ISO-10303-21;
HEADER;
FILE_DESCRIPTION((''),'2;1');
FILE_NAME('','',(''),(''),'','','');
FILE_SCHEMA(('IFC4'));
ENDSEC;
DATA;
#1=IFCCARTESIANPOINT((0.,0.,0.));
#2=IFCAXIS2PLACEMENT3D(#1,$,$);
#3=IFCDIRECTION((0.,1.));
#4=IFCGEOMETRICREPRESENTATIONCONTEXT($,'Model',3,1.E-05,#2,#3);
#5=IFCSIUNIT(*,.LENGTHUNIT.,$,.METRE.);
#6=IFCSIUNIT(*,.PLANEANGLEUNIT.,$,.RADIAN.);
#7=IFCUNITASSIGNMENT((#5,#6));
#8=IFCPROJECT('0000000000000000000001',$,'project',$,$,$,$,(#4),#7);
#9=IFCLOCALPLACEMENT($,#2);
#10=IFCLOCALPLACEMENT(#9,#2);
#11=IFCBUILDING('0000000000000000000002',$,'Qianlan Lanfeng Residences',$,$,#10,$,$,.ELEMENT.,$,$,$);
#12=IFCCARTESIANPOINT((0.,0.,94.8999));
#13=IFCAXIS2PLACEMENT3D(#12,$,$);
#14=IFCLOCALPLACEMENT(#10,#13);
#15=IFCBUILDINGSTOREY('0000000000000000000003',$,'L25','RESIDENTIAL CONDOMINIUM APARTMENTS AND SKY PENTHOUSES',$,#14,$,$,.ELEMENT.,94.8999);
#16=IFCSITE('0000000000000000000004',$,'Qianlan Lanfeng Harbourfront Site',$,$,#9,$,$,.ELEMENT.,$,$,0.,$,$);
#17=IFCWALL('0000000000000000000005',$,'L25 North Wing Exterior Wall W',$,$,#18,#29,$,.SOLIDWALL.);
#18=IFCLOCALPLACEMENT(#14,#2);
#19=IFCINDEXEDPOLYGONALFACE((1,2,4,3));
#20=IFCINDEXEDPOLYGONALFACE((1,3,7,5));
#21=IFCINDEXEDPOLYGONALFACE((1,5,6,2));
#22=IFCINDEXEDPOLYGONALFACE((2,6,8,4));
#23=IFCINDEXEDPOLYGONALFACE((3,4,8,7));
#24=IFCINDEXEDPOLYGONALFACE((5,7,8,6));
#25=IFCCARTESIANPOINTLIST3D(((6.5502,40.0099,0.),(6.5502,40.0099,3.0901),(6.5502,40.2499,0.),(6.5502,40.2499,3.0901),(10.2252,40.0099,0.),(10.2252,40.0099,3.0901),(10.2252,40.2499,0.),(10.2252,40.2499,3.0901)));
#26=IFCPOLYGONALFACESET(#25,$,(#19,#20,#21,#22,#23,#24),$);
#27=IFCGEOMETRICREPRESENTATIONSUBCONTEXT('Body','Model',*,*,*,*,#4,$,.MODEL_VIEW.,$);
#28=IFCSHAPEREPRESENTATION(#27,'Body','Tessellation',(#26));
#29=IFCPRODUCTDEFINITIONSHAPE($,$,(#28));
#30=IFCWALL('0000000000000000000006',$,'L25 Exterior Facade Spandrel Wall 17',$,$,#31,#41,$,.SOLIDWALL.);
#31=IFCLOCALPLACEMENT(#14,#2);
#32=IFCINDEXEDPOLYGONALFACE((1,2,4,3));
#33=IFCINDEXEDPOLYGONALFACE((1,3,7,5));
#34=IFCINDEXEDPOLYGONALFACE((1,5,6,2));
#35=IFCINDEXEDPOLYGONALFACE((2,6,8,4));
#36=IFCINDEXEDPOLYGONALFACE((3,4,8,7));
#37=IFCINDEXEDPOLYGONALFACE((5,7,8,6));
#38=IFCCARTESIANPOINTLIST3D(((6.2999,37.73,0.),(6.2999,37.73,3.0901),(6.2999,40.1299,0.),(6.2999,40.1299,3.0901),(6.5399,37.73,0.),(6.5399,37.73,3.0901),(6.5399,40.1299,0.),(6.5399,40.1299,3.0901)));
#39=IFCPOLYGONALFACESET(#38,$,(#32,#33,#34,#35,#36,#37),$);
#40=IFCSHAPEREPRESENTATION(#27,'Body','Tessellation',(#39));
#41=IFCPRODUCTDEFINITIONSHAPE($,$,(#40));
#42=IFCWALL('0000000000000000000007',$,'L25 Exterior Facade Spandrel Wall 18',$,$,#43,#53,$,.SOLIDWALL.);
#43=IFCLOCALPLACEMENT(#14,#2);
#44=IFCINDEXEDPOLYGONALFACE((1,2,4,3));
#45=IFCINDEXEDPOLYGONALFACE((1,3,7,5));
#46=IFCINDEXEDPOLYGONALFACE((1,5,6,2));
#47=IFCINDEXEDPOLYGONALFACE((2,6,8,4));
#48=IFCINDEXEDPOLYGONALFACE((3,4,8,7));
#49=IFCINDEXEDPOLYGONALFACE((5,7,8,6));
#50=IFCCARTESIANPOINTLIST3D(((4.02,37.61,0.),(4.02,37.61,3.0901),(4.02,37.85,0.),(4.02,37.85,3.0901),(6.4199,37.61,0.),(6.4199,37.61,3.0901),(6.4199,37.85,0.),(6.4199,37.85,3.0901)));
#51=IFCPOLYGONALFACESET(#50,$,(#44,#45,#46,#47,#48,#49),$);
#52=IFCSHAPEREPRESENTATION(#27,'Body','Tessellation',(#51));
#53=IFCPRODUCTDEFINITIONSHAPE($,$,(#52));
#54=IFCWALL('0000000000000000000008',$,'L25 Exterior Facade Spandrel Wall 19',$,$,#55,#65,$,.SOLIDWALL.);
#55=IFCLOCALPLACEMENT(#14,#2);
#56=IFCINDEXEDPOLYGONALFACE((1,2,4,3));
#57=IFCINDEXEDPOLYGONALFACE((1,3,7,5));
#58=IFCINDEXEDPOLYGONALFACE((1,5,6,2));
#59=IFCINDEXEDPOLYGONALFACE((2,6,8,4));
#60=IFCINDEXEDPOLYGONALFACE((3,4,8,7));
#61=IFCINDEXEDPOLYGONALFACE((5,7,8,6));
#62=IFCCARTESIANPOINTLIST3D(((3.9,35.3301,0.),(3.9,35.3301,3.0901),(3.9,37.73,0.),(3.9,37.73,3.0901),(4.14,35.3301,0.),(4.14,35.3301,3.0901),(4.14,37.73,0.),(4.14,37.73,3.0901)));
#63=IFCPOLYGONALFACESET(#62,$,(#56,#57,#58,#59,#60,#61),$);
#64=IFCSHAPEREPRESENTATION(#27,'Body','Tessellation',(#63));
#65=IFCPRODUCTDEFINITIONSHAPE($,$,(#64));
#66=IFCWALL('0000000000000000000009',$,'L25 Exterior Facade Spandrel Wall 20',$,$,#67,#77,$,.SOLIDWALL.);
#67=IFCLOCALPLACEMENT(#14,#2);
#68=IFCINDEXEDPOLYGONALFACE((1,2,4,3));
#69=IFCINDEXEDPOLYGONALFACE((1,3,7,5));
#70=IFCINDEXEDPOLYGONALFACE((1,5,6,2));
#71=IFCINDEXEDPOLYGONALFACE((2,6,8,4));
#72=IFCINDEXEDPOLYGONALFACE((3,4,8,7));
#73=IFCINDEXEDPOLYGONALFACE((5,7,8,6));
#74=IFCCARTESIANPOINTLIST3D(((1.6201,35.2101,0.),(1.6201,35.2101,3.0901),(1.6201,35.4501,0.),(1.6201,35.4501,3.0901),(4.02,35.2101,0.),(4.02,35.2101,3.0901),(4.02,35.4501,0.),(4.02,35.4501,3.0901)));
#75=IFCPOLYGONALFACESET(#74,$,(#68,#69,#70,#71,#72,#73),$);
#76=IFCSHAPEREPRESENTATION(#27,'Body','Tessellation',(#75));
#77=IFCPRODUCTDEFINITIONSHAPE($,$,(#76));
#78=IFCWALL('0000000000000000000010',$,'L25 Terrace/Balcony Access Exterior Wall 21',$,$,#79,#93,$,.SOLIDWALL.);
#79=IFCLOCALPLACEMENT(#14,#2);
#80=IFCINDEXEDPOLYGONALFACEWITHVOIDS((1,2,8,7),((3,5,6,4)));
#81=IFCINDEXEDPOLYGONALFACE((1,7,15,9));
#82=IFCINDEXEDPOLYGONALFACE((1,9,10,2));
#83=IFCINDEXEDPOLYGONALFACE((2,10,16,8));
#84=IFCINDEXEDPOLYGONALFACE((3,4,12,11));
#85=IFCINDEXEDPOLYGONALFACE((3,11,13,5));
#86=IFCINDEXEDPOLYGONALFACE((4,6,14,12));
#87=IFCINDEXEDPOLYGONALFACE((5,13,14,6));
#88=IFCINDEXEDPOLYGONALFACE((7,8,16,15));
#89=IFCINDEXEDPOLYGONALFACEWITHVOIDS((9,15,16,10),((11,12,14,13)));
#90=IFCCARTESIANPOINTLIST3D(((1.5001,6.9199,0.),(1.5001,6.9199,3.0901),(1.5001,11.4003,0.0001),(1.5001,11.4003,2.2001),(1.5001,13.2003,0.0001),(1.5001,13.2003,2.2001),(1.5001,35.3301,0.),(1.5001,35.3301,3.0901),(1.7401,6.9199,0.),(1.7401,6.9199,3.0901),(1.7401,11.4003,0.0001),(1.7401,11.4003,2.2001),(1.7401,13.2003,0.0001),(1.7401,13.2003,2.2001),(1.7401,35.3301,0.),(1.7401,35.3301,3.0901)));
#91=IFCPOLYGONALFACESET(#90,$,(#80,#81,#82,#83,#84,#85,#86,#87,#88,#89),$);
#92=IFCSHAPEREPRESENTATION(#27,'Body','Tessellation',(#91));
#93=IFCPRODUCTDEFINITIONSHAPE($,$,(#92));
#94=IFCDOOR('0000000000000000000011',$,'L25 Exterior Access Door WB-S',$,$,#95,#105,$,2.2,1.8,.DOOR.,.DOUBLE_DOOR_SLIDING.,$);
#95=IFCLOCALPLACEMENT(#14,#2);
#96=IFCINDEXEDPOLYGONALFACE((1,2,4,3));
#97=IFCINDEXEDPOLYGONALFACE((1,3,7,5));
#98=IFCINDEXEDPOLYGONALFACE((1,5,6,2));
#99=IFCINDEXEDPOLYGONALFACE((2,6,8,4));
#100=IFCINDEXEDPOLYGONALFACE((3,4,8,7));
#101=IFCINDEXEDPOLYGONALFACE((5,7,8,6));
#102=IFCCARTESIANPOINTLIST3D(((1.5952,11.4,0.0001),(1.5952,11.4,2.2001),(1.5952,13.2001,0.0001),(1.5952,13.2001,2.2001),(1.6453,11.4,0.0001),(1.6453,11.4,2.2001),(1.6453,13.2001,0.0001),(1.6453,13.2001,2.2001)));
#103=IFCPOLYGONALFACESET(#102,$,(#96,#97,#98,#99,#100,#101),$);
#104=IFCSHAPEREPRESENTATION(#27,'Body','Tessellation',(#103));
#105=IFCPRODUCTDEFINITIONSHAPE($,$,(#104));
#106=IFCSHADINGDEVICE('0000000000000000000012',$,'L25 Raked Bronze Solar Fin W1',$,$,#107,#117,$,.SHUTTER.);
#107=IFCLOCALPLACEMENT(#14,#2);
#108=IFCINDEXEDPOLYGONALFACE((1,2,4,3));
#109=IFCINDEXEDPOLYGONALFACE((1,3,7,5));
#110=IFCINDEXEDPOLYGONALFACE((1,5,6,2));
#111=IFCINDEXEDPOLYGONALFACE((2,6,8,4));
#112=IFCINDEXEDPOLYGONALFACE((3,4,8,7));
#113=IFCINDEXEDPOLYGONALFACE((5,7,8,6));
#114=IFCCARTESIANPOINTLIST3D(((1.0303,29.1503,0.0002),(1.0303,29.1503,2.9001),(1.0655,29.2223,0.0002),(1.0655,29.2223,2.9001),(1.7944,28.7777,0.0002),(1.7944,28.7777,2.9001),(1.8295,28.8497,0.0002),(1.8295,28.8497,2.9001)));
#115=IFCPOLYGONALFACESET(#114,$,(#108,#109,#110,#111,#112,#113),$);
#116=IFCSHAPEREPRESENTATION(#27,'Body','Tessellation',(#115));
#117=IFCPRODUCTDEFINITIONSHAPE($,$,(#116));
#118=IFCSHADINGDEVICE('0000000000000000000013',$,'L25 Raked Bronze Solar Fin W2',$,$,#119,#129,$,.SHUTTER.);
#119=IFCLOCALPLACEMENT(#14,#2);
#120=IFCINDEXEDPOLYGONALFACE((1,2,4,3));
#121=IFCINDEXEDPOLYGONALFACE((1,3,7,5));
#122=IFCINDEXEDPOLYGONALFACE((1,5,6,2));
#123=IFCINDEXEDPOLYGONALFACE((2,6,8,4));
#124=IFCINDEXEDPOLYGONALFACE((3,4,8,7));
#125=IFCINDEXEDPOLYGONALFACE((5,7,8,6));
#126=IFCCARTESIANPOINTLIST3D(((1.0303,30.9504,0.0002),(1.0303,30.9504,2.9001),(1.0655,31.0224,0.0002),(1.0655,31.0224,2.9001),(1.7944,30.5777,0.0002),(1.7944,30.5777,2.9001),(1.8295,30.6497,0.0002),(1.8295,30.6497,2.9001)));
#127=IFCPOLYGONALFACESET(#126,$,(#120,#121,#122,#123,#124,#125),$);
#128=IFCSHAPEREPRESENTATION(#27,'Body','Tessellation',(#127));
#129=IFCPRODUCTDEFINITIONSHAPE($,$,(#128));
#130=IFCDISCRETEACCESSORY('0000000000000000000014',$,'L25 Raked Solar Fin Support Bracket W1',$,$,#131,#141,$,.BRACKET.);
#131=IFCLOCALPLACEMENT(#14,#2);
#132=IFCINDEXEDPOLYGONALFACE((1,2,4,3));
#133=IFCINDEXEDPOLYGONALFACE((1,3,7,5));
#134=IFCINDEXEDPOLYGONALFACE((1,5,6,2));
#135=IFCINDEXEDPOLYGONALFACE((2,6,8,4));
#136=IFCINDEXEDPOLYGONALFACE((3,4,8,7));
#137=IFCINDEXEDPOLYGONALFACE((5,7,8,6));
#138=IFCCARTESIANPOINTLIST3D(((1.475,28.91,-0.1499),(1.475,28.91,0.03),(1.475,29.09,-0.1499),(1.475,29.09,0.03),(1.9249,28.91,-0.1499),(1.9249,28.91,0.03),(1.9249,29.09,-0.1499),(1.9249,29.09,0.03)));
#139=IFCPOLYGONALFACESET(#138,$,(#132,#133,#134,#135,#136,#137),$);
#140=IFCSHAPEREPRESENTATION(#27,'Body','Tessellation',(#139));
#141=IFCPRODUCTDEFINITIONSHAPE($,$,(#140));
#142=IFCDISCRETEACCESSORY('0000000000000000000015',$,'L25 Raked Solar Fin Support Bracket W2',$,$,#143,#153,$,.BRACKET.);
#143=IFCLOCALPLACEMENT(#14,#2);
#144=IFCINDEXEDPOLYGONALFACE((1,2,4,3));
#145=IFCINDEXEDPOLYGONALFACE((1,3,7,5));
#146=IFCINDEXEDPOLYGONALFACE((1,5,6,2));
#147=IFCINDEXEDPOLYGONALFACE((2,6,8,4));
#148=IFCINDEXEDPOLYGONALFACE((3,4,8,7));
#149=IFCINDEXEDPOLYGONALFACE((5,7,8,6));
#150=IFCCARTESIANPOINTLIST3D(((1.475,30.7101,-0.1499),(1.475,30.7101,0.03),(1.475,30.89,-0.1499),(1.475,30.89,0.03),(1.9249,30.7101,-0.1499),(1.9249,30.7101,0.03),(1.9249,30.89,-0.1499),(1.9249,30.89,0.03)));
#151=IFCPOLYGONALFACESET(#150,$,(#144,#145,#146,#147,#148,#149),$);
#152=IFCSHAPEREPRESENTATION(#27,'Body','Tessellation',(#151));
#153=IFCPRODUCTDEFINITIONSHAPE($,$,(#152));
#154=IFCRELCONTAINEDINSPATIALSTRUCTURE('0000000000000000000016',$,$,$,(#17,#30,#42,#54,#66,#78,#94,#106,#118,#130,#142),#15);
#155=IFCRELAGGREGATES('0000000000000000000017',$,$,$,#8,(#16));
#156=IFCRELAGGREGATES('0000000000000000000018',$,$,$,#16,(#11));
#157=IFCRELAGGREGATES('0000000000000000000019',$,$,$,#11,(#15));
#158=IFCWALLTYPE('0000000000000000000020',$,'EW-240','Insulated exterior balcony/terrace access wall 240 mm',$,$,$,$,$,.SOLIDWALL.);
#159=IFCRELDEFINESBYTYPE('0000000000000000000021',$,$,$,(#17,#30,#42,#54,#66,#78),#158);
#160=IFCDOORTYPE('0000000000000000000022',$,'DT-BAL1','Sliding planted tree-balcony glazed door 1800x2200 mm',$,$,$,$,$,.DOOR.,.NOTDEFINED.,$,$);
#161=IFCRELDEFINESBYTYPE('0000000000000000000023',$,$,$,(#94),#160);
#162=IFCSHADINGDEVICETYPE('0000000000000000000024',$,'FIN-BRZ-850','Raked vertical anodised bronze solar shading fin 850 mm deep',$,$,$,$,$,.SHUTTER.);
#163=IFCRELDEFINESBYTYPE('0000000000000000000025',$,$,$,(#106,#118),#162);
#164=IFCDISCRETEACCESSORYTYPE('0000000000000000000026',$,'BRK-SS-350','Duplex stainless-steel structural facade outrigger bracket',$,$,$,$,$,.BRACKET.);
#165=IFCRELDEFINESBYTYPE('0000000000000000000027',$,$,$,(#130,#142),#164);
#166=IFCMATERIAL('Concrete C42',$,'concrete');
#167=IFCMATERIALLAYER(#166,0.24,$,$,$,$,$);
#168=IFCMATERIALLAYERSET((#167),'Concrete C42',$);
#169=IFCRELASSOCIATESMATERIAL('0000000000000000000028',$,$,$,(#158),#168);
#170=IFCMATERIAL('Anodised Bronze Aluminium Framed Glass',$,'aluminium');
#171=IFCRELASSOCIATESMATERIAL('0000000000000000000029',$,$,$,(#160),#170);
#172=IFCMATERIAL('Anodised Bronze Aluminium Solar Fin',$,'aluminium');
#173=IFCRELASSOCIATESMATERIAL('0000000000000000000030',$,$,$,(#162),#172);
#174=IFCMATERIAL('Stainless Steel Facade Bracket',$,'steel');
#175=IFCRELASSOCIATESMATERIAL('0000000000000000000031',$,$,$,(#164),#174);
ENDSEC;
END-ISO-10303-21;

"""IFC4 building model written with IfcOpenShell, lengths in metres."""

from ifc_helpers import new_model, si_unit, direction, frame, frame_2d, origin, origin_2d, place, context, subcontext, project, spatial, rectangle, extrude, source, transform, mapped, material, layer, layer_set, type_object, element, fill, save


model = new_model("IFC4")

# Units and contexts
model_context = context("Model", 3, precision=1e-05, world=origin(), true_north=direction((0.0, 1.0)))
body_context = subcontext(model_context, "Body", "Model", "MODEL_VIEW")
ifc_project = project(units=[si_unit("LENGTHUNIT", "METRE"), si_unit("PLANEANGLEUNIT", "RADIAN")], contexts=[model_context])

# Site, building, storey
site_placement = place(None, origin())
site = spatial("IfcSite", under=ifc_project, at=site_placement, Name="Qianlan Lanfeng Harbourfront Site", CompositionType="ELEMENT", RefElevation=0.0)
building_placement = place(site_placement, origin())
building = spatial("IfcBuilding", under=site, at=building_placement, Name="Qianlan Lanfeng Residences", CompositionType="ELEMENT")
storey_placement = place(building_placement, frame((0.0, 0.0, 94.8999)))
storey = spatial("IfcBuildingStorey", under=building, at=storey_placement, Name="L25", Description="RESIDENTIAL CONDOMINIUM APARTMENTS AND SKY PENTHOUSES", CompositionType="ELEMENT", Elevation=94.8999)

# Walls
ifc_material_1 = material(Name="Concrete C42", Category="concrete")
ifc_layer_1 = layer(ifc_material_1, 0.24)
ifc_layer_set_1 = layer_set([ifc_layer_1], Name="Concrete C42")
wall_type_1 = type_object("IfcWallType", Name="EW-240", Description="Insulated exterior balcony/terrace access wall 240 mm", PredefinedType="SOLIDWALL", material=ifc_layer_set_1)
wall_1_placement = place(storey_placement, frame((10.2251, 40.1299, 0.0), z_axis=(0.0, 0.0, 1.0), x_axis=(-1.0, 0.0, 0.0)))
element("IfcWall", 1, at=wall_1_placement, inside=storey, type_object=wall_type_1, Name="L25 North Wing Exterior Wall W", PredefinedType="SOLIDWALL", context=body_context, shape_type="SweptSolid", body=[
    extrude(rectangle(XDim=3.675, YDim=0.24, at=frame_2d((1.8374, 0.0))), origin(), (0.0, 0.0, 1.0), 3.0901),
])
for number, where, z_axis, x_axis, name in (
    (2, (6.4199, 40.1299, 0.0), (0.0, 0.0, 1.0), (0.0, -1.0, 0.0), "L25 Exterior Facade Spandrel Wall 17"),
    (3, (6.4199, 37.73, 0.0), (0.0, 0.0, 1.0), (-1.0, 0.0, 0.0), "L25 Exterior Facade Spandrel Wall 18"),
    (4, (4.02, 37.73, 0.0), (0.0, 0.0, 1.0), (0.0, -1.0, 0.0), "L25 Exterior Facade Spandrel Wall 19"),
    (5, (4.02, 35.3301, 0.0), (0.0, 0.0, 1.0), (-1.0, 0.0, 0.0), "L25 Exterior Facade Spandrel Wall 20"),
):
    element("IfcWall", number, at=place(storey_placement, frame(where, z_axis=z_axis, x_axis=x_axis)), inside=storey, type_object=wall_type_1, Name=name, PredefinedType="SOLIDWALL", context=body_context, shape_type="SweptSolid", body=[
        extrude(rectangle(XDim=2.3999, YDim=0.24, at=frame_2d((1.2, 0.0))), origin(), (0.0, 0.0, 1.0), 3.0901),
    ])

# Wall, opening, door
wall_2_placement = place(storey_placement, frame((1.6201, 35.3301, 0.0), z_axis=(0.0, 0.0, 1.0), x_axis=(0.0, -1.0, 0.0)))
wall_2 = element("IfcWall", 6, at=wall_2_placement, inside=storey, type_object=wall_type_1, Name="L25 Terrace/Balcony Access Exterior Wall 21", PredefinedType="SOLIDWALL", context=body_context, shape_type="SweptSolid", body=[
    extrude(rectangle(XDim=28.4102, YDim=0.24, at=frame_2d((14.2051, 0.0))), origin(), (0.0, 0.0, 1.0), 3.0901),
])
opening_1_placement = place(wall_2_placement, frame((22.1299, 0.0, 0.0)))
opening_1 = element("IfcOpeningElement", 7, at=opening_1_placement, cuts=wall_2, PredefinedType="OPENING", context=body_context, shape_type="SweptSolid", body=[
    extrude(rectangle(XDim=1.8, YDim=2.2, at=frame_2d((0.8999, 1.1001))), frame((0.0, 0.1299, 0.0), z_axis=(0.0, -1.0, 0.0), x_axis=(1.0, 0.0, 0.0)), (0.0, 0.0, 1.0), 0.26),
])
ifc_material_2 = material(Name="Anodised Bronze Aluminium Framed Glass", Category="aluminium")
door_type_1 = type_object("IfcDoorType", Name="DT-BAL1", Description="Sliding planted tree-balcony glazed door 1800x2200 mm", OperationType="NOTDEFINED", PredefinedType="DOOR", material=ifc_material_2)
door_1_placement = place(opening_1_placement, frame((1.8, 0.0, 0.0), z_axis=(0.0, 0.0, 1.0), x_axis=(-1.0, 0.0, 0.0)))
door_1 = element("IfcDoor", 8, at=door_1_placement, inside=storey, type_object=door_type_1, Name="L25 Exterior Access Door WB-S", OperationType="DOUBLE_DOOR_SLIDING", OverallHeight=2.2, OverallWidth=1.8, PredefinedType="DOOR", context=body_context, shape_type="SweptSolid", body=[
    extrude(rectangle(XDim=1.8, YDim=2.2, at=frame_2d((0.8999, 1.1001))), frame((0.0, 0.0249, 0.0), z_axis=(0.0, -1.0, 0.0), x_axis=(1.0, 0.0, 0.0)), (0.0, 0.0, 1.0), 0.05),
])
fill(opening_1, door_1)

# Shading devices
ifc_material_3 = material(Name="Anodised Bronze Aluminium Solar Fin", Category="aluminium")
shading_device_type = type_object("IfcShadingDeviceType", Name="FIN-BRZ-850", Description="Raked vertical anodised bronze solar shading fin 850 mm deep", PredefinedType="SHUTTER", material=ifc_material_3)
shared_shape_1 = source(origin(), body_context, "Body", "SweptSolid", [
    extrude(rectangle(XDim=0.8501, YDim=0.0801, at=origin_2d()), origin(), (0.0, 0.0, 1.0), 2.8999),
])
for number, where, z_axis, x_axis, name in (
    (9, (1.4299, 29.0, 0.0002), (0.0, 0.0, 1.0), (0.898794, -0.438371, 0.0), "L25 Raked Bronze Solar Fin W1"),
    (10, (1.4299, 30.8, 0.0002), (0.0, 0.0, 1.0), (0.898794, -0.438371, 0.0), "L25 Raked Bronze Solar Fin W2"),
):
    element("IfcShadingDevice", number, at=place(storey_placement, frame(where, z_axis=z_axis, x_axis=x_axis)), inside=storey, type_object=shading_device_type, Name=name, PredefinedType="SHUTTER", context=body_context, shape_type="MappedRepresentation", body=[
        mapped(shared_shape_1, transform((0.0, 0.0, 0.0), scale=1.0)),
    ])

# Discrete accessories
ifc_material_4 = material(Name="Stainless Steel Facade Bracket", Category="steel")
discrete_accessory_type = type_object("IfcDiscreteAccessoryType", Name="BRK-SS-350", Description="Duplex stainless-steel structural facade outrigger bracket", PredefinedType="BRACKET", material=ifc_material_4)
shared_shape_2 = source(origin(), body_context, "Body", "SweptSolid", [
    extrude(rectangle(XDim=0.45, YDim=0.1799, at=origin_2d()), origin(), (0.0, 0.0, 1.0), 0.1799),
])
for number, where, z_axis, x_axis, name in (
    (11, (1.7, 29.0, -0.1499), (0.0, 0.0, 1.0), (1.0, 0.0, 0.0), "L25 Raked Solar Fin Support Bracket W1"),
    (12, (1.7, 30.8, -0.1499), (0.0, 0.0, 1.0), (1.0, 0.0, 0.0), "L25 Raked Solar Fin Support Bracket W2"),
):
    element("IfcDiscreteAccessory", number, at=place(storey_placement, frame(where, z_axis=z_axis, x_axis=x_axis)), inside=storey, type_object=discrete_accessory_type, Name=name, PredefinedType="BRACKET", context=body_context, shape_type="MappedRepresentation", body=[
        mapped(shared_shape_2, transform((0.0, 0.0, 0.0), scale=1.0)),
    ])

save(model, "model.ifc")
